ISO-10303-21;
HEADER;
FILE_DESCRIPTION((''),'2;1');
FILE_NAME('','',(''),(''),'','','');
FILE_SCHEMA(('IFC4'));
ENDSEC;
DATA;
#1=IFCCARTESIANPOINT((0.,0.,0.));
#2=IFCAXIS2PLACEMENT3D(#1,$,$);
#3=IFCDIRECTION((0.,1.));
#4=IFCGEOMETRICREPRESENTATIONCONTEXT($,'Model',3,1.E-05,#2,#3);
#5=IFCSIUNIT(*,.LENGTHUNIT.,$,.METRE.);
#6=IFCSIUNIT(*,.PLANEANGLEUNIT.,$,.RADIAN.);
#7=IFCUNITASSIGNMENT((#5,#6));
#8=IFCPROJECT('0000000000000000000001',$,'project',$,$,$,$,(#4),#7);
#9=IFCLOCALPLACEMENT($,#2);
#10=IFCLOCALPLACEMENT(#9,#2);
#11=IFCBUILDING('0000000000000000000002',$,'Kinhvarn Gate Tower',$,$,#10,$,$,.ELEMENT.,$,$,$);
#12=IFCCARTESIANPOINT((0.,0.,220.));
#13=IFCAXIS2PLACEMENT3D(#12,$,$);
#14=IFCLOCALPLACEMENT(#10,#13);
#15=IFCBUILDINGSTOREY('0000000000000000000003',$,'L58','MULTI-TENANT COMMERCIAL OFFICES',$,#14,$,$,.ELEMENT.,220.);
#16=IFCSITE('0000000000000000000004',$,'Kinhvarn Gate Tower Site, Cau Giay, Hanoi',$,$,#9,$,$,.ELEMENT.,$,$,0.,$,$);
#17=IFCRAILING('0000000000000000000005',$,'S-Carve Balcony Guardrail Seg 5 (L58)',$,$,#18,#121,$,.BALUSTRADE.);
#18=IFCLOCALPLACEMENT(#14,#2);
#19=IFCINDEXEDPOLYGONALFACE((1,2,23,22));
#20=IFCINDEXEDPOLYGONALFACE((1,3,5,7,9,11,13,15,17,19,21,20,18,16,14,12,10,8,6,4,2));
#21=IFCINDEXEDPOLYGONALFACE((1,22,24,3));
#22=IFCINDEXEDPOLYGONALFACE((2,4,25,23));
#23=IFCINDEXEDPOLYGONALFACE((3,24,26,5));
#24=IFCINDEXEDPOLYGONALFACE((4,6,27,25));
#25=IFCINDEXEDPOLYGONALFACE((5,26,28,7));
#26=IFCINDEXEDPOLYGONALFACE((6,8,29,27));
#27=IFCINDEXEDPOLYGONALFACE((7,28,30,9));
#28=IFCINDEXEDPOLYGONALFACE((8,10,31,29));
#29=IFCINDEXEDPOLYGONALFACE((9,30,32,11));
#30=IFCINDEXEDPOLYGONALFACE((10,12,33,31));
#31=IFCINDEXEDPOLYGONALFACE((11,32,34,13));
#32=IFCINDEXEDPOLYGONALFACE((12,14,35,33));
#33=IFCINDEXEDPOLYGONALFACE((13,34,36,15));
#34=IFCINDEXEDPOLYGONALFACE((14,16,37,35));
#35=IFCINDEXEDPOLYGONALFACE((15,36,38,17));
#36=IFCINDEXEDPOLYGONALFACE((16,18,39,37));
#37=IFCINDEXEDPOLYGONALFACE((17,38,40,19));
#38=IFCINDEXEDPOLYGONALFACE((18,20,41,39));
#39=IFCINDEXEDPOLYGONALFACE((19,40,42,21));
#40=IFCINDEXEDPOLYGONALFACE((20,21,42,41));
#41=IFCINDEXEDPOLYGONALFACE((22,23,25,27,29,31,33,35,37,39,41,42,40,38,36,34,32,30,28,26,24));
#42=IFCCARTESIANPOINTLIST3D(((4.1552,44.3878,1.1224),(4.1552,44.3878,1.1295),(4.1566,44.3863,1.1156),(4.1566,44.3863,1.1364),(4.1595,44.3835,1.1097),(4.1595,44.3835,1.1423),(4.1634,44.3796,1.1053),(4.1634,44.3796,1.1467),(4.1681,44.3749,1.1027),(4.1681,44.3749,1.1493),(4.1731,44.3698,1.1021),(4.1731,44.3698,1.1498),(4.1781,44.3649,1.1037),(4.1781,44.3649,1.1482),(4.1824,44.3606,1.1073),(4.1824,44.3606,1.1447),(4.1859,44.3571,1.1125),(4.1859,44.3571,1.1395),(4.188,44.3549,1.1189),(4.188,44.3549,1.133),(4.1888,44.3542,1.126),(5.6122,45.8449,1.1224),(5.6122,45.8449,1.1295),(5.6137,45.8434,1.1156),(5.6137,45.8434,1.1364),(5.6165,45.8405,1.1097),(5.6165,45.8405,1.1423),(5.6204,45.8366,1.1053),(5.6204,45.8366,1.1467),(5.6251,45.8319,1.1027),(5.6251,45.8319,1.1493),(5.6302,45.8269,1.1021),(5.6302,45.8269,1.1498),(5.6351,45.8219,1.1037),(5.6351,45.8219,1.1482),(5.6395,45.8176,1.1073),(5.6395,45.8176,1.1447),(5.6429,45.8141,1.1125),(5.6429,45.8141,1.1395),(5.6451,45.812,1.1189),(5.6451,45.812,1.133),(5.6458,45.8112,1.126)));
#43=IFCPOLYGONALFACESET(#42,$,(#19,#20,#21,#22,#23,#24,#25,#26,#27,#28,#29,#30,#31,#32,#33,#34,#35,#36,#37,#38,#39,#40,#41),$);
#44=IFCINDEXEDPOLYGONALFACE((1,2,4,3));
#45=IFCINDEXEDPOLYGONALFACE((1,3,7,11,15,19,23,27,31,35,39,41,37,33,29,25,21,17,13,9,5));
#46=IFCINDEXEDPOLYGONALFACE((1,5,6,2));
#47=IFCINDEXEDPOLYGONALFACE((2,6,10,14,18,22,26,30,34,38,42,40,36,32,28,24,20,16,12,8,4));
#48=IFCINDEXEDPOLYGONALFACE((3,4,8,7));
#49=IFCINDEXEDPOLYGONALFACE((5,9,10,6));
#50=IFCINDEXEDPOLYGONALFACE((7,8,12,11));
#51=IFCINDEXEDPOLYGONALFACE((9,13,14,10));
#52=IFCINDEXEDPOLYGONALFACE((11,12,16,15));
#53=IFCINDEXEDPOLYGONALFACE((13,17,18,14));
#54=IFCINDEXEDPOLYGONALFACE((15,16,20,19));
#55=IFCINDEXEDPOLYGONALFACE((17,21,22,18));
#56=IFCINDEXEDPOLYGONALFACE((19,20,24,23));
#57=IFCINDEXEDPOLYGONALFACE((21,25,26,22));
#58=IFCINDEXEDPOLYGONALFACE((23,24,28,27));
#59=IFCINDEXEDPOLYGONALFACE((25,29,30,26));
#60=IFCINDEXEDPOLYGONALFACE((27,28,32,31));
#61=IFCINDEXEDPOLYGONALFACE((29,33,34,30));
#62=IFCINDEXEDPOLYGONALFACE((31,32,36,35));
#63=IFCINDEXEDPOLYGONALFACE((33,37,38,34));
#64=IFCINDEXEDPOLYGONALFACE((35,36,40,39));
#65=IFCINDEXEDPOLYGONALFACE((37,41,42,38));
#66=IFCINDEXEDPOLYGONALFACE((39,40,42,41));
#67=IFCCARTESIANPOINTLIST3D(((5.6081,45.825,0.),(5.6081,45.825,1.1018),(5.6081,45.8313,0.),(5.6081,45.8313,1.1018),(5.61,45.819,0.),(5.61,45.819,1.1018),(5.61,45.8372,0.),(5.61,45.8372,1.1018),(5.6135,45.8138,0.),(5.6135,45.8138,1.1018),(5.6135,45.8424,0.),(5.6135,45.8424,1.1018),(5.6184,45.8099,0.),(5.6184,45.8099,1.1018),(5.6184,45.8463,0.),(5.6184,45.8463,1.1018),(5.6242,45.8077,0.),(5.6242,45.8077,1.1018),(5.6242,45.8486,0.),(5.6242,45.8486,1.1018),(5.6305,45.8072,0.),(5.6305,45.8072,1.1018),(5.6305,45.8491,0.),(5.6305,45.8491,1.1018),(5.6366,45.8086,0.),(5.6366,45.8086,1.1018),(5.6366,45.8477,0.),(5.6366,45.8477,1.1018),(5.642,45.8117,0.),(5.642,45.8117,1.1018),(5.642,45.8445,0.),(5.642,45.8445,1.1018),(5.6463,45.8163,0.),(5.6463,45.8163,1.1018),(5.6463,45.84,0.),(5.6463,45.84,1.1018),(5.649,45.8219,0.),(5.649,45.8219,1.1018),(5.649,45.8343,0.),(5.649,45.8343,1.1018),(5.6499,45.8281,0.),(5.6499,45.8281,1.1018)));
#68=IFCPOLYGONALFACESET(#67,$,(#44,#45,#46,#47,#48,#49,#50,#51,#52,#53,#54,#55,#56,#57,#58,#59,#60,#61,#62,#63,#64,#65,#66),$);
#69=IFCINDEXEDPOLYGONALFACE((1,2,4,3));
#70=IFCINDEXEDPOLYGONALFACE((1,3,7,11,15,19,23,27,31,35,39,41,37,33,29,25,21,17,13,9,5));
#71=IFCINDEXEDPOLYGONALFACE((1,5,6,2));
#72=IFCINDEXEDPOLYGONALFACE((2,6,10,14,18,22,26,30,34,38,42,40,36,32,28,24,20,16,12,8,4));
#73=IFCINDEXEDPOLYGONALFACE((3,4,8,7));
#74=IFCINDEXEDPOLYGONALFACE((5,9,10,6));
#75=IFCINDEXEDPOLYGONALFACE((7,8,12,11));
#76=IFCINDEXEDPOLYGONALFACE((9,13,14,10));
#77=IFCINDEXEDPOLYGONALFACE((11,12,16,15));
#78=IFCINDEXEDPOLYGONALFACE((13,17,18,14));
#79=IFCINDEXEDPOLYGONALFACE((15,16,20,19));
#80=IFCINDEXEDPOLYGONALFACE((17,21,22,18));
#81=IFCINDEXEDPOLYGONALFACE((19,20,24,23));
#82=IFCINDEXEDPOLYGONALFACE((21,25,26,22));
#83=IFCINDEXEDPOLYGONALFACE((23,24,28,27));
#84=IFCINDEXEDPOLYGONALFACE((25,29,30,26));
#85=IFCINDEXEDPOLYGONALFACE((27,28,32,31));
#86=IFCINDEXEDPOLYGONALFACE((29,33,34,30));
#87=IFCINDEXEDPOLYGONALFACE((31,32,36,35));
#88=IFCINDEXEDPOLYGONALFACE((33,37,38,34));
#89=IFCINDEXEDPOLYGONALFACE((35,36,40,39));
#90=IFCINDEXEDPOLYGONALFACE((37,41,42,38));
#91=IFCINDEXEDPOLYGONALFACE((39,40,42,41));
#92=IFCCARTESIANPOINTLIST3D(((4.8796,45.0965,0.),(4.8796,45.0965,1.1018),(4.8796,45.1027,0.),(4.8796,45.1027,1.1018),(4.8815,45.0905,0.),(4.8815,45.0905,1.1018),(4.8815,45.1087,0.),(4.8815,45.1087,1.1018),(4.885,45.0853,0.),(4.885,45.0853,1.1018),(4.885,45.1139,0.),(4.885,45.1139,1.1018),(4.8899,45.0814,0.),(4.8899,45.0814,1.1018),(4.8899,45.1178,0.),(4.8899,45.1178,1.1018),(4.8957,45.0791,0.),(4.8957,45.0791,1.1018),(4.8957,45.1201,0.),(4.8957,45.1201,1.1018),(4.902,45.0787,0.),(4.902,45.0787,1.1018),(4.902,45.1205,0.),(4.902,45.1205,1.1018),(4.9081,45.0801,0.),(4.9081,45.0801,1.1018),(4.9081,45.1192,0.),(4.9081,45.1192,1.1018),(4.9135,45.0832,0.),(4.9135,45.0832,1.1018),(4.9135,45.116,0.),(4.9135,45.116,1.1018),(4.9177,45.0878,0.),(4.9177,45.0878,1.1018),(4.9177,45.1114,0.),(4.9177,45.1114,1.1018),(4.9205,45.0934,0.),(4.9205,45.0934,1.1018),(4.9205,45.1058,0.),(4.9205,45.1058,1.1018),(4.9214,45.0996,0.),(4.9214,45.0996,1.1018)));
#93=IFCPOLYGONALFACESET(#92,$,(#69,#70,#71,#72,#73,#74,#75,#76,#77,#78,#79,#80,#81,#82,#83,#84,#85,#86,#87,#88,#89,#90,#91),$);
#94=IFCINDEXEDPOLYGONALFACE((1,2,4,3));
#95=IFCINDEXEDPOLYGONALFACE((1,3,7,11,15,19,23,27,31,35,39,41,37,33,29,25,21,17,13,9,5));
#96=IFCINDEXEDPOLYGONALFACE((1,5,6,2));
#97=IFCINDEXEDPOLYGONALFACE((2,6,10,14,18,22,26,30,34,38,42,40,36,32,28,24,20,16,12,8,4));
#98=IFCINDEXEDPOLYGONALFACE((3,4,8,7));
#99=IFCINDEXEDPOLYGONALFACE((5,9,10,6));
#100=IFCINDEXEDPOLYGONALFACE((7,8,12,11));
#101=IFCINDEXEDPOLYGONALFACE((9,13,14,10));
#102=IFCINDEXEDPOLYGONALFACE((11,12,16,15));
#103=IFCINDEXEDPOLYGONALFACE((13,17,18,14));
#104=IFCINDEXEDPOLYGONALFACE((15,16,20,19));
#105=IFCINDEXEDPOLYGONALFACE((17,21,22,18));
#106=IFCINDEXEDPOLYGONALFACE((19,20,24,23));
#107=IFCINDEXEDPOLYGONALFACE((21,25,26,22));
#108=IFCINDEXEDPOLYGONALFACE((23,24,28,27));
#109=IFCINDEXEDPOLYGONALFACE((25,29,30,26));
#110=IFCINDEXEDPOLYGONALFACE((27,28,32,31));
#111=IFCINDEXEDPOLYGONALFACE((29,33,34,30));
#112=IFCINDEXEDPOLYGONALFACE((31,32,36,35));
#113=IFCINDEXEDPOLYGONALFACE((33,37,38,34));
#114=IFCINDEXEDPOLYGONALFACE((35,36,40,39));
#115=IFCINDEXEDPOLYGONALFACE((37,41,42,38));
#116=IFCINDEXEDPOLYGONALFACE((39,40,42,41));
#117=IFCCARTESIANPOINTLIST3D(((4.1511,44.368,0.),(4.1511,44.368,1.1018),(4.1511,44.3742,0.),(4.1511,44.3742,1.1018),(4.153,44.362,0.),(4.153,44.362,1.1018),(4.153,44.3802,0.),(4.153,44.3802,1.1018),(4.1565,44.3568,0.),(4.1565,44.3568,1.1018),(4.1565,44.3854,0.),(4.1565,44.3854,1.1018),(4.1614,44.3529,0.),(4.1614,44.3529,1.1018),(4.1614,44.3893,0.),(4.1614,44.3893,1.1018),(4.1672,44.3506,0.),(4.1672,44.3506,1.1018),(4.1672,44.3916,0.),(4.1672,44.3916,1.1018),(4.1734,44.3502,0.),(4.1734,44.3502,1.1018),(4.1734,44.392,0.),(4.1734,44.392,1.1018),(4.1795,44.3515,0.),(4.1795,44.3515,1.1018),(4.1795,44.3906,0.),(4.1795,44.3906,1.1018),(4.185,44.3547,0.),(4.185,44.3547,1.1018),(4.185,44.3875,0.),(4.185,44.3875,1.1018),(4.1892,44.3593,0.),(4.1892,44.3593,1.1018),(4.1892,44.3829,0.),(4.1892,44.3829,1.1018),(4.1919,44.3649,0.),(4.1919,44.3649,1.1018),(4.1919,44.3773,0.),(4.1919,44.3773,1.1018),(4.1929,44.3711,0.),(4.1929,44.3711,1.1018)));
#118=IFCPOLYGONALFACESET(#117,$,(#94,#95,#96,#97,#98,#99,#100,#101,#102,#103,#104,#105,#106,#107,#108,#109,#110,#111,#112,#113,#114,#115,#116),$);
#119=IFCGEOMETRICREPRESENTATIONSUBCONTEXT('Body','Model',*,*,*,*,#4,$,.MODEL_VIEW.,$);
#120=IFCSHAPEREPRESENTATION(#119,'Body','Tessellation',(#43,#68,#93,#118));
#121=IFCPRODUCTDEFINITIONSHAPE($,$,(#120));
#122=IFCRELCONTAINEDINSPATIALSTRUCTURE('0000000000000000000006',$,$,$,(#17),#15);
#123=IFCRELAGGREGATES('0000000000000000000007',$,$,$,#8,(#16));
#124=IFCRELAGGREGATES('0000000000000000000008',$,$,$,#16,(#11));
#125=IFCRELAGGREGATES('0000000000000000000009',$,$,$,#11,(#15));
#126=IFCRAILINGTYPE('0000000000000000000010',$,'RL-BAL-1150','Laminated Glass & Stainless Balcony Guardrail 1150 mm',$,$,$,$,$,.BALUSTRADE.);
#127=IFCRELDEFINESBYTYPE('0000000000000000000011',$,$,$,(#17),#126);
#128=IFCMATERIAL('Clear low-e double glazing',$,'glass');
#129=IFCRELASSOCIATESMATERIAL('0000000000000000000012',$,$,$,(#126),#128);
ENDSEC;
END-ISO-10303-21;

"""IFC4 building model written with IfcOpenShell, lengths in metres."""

from ifc_helpers import new_model, si_unit, direction, frame, origin, origin_2d, place, context, subcontext, project, spatial, circle, extrude, material, type_object, element, save


model = new_model("IFC4")

# Units and contexts
model_context = context("Model", 3, precision=1e-05, world=origin(), true_north=direction((0.0, 1.0)))
body_context = subcontext(model_context, "Body", "Model", "MODEL_VIEW")
ifc_project = project(units=[si_unit("LENGTHUNIT", "METRE"), si_unit("PLANEANGLEUNIT", "RADIAN")], contexts=[model_context])

# Site, building, storey
site_placement = place(None, origin())
site = spatial("IfcSite", under=ifc_project, at=site_placement, Name="Kinhvarn Gate Tower Site, Cau Giay, Hanoi", CompositionType="ELEMENT", RefElevation=0.0)
building_placement = place(site_placement, origin())
building = spatial("IfcBuilding", under=site, at=building_placement, Name="Kinhvarn Gate Tower", CompositionType="ELEMENT")
storey_placement = place(building_placement, frame((0.0, 0.0, 220.0)))
storey = spatial("IfcBuildingStorey", under=building, at=storey_placement, Name="L58", Description="MULTI-TENANT COMMERCIAL OFFICES", CompositionType="ELEMENT", Elevation=220.0)

# Shared definitions
ifc_material_1 = material(Name="Clear low-e double glazing", Category="glass")

# Railing
railing_type = type_object("IfcRailingType", Name="RL-BAL-1150", Description="Laminated Glass & Stainless Balcony Guardrail 1150 mm", PredefinedType="BALUSTRADE", material=ifc_material_1)
railing_1_placement = place(storey_placement, frame((5.6289, 45.8281, 0.0)))
element("IfcRailing", 1, at=railing_1_placement, inside=storey, type_object=railing_type, Name="S-Carve Balcony Guardrail Seg 5 (L58)", PredefinedType="BALUSTRADE", context=body_context, shape_type="SweptSolid", body=[
    extrude(circle(Radius=0.0239, at=origin_2d()), frame((0.0, 0.0, 1.126), z_axis=(-0.707107, -0.707107, 0.0), x_axis=(0.707107, -0.707107, 0.0)), (0.0, 0.0, 1.0), 2.0605),
    extrude(circle(Radius=0.021, at=origin_2d()), origin(), (0.0, 0.0, 1.0), 1.1018),
    extrude(circle(Radius=0.021, at=origin_2d()), frame((-0.7285, -0.7285, 0.0)), (0.0, 0.0, 1.0), 1.1018),
    extrude(circle(Radius=0.021, at=origin_2d()), frame((-1.457, -1.457, 0.0)), (0.0, 0.0, 1.0), 1.1018),
])

save(model, "model.ifc")
